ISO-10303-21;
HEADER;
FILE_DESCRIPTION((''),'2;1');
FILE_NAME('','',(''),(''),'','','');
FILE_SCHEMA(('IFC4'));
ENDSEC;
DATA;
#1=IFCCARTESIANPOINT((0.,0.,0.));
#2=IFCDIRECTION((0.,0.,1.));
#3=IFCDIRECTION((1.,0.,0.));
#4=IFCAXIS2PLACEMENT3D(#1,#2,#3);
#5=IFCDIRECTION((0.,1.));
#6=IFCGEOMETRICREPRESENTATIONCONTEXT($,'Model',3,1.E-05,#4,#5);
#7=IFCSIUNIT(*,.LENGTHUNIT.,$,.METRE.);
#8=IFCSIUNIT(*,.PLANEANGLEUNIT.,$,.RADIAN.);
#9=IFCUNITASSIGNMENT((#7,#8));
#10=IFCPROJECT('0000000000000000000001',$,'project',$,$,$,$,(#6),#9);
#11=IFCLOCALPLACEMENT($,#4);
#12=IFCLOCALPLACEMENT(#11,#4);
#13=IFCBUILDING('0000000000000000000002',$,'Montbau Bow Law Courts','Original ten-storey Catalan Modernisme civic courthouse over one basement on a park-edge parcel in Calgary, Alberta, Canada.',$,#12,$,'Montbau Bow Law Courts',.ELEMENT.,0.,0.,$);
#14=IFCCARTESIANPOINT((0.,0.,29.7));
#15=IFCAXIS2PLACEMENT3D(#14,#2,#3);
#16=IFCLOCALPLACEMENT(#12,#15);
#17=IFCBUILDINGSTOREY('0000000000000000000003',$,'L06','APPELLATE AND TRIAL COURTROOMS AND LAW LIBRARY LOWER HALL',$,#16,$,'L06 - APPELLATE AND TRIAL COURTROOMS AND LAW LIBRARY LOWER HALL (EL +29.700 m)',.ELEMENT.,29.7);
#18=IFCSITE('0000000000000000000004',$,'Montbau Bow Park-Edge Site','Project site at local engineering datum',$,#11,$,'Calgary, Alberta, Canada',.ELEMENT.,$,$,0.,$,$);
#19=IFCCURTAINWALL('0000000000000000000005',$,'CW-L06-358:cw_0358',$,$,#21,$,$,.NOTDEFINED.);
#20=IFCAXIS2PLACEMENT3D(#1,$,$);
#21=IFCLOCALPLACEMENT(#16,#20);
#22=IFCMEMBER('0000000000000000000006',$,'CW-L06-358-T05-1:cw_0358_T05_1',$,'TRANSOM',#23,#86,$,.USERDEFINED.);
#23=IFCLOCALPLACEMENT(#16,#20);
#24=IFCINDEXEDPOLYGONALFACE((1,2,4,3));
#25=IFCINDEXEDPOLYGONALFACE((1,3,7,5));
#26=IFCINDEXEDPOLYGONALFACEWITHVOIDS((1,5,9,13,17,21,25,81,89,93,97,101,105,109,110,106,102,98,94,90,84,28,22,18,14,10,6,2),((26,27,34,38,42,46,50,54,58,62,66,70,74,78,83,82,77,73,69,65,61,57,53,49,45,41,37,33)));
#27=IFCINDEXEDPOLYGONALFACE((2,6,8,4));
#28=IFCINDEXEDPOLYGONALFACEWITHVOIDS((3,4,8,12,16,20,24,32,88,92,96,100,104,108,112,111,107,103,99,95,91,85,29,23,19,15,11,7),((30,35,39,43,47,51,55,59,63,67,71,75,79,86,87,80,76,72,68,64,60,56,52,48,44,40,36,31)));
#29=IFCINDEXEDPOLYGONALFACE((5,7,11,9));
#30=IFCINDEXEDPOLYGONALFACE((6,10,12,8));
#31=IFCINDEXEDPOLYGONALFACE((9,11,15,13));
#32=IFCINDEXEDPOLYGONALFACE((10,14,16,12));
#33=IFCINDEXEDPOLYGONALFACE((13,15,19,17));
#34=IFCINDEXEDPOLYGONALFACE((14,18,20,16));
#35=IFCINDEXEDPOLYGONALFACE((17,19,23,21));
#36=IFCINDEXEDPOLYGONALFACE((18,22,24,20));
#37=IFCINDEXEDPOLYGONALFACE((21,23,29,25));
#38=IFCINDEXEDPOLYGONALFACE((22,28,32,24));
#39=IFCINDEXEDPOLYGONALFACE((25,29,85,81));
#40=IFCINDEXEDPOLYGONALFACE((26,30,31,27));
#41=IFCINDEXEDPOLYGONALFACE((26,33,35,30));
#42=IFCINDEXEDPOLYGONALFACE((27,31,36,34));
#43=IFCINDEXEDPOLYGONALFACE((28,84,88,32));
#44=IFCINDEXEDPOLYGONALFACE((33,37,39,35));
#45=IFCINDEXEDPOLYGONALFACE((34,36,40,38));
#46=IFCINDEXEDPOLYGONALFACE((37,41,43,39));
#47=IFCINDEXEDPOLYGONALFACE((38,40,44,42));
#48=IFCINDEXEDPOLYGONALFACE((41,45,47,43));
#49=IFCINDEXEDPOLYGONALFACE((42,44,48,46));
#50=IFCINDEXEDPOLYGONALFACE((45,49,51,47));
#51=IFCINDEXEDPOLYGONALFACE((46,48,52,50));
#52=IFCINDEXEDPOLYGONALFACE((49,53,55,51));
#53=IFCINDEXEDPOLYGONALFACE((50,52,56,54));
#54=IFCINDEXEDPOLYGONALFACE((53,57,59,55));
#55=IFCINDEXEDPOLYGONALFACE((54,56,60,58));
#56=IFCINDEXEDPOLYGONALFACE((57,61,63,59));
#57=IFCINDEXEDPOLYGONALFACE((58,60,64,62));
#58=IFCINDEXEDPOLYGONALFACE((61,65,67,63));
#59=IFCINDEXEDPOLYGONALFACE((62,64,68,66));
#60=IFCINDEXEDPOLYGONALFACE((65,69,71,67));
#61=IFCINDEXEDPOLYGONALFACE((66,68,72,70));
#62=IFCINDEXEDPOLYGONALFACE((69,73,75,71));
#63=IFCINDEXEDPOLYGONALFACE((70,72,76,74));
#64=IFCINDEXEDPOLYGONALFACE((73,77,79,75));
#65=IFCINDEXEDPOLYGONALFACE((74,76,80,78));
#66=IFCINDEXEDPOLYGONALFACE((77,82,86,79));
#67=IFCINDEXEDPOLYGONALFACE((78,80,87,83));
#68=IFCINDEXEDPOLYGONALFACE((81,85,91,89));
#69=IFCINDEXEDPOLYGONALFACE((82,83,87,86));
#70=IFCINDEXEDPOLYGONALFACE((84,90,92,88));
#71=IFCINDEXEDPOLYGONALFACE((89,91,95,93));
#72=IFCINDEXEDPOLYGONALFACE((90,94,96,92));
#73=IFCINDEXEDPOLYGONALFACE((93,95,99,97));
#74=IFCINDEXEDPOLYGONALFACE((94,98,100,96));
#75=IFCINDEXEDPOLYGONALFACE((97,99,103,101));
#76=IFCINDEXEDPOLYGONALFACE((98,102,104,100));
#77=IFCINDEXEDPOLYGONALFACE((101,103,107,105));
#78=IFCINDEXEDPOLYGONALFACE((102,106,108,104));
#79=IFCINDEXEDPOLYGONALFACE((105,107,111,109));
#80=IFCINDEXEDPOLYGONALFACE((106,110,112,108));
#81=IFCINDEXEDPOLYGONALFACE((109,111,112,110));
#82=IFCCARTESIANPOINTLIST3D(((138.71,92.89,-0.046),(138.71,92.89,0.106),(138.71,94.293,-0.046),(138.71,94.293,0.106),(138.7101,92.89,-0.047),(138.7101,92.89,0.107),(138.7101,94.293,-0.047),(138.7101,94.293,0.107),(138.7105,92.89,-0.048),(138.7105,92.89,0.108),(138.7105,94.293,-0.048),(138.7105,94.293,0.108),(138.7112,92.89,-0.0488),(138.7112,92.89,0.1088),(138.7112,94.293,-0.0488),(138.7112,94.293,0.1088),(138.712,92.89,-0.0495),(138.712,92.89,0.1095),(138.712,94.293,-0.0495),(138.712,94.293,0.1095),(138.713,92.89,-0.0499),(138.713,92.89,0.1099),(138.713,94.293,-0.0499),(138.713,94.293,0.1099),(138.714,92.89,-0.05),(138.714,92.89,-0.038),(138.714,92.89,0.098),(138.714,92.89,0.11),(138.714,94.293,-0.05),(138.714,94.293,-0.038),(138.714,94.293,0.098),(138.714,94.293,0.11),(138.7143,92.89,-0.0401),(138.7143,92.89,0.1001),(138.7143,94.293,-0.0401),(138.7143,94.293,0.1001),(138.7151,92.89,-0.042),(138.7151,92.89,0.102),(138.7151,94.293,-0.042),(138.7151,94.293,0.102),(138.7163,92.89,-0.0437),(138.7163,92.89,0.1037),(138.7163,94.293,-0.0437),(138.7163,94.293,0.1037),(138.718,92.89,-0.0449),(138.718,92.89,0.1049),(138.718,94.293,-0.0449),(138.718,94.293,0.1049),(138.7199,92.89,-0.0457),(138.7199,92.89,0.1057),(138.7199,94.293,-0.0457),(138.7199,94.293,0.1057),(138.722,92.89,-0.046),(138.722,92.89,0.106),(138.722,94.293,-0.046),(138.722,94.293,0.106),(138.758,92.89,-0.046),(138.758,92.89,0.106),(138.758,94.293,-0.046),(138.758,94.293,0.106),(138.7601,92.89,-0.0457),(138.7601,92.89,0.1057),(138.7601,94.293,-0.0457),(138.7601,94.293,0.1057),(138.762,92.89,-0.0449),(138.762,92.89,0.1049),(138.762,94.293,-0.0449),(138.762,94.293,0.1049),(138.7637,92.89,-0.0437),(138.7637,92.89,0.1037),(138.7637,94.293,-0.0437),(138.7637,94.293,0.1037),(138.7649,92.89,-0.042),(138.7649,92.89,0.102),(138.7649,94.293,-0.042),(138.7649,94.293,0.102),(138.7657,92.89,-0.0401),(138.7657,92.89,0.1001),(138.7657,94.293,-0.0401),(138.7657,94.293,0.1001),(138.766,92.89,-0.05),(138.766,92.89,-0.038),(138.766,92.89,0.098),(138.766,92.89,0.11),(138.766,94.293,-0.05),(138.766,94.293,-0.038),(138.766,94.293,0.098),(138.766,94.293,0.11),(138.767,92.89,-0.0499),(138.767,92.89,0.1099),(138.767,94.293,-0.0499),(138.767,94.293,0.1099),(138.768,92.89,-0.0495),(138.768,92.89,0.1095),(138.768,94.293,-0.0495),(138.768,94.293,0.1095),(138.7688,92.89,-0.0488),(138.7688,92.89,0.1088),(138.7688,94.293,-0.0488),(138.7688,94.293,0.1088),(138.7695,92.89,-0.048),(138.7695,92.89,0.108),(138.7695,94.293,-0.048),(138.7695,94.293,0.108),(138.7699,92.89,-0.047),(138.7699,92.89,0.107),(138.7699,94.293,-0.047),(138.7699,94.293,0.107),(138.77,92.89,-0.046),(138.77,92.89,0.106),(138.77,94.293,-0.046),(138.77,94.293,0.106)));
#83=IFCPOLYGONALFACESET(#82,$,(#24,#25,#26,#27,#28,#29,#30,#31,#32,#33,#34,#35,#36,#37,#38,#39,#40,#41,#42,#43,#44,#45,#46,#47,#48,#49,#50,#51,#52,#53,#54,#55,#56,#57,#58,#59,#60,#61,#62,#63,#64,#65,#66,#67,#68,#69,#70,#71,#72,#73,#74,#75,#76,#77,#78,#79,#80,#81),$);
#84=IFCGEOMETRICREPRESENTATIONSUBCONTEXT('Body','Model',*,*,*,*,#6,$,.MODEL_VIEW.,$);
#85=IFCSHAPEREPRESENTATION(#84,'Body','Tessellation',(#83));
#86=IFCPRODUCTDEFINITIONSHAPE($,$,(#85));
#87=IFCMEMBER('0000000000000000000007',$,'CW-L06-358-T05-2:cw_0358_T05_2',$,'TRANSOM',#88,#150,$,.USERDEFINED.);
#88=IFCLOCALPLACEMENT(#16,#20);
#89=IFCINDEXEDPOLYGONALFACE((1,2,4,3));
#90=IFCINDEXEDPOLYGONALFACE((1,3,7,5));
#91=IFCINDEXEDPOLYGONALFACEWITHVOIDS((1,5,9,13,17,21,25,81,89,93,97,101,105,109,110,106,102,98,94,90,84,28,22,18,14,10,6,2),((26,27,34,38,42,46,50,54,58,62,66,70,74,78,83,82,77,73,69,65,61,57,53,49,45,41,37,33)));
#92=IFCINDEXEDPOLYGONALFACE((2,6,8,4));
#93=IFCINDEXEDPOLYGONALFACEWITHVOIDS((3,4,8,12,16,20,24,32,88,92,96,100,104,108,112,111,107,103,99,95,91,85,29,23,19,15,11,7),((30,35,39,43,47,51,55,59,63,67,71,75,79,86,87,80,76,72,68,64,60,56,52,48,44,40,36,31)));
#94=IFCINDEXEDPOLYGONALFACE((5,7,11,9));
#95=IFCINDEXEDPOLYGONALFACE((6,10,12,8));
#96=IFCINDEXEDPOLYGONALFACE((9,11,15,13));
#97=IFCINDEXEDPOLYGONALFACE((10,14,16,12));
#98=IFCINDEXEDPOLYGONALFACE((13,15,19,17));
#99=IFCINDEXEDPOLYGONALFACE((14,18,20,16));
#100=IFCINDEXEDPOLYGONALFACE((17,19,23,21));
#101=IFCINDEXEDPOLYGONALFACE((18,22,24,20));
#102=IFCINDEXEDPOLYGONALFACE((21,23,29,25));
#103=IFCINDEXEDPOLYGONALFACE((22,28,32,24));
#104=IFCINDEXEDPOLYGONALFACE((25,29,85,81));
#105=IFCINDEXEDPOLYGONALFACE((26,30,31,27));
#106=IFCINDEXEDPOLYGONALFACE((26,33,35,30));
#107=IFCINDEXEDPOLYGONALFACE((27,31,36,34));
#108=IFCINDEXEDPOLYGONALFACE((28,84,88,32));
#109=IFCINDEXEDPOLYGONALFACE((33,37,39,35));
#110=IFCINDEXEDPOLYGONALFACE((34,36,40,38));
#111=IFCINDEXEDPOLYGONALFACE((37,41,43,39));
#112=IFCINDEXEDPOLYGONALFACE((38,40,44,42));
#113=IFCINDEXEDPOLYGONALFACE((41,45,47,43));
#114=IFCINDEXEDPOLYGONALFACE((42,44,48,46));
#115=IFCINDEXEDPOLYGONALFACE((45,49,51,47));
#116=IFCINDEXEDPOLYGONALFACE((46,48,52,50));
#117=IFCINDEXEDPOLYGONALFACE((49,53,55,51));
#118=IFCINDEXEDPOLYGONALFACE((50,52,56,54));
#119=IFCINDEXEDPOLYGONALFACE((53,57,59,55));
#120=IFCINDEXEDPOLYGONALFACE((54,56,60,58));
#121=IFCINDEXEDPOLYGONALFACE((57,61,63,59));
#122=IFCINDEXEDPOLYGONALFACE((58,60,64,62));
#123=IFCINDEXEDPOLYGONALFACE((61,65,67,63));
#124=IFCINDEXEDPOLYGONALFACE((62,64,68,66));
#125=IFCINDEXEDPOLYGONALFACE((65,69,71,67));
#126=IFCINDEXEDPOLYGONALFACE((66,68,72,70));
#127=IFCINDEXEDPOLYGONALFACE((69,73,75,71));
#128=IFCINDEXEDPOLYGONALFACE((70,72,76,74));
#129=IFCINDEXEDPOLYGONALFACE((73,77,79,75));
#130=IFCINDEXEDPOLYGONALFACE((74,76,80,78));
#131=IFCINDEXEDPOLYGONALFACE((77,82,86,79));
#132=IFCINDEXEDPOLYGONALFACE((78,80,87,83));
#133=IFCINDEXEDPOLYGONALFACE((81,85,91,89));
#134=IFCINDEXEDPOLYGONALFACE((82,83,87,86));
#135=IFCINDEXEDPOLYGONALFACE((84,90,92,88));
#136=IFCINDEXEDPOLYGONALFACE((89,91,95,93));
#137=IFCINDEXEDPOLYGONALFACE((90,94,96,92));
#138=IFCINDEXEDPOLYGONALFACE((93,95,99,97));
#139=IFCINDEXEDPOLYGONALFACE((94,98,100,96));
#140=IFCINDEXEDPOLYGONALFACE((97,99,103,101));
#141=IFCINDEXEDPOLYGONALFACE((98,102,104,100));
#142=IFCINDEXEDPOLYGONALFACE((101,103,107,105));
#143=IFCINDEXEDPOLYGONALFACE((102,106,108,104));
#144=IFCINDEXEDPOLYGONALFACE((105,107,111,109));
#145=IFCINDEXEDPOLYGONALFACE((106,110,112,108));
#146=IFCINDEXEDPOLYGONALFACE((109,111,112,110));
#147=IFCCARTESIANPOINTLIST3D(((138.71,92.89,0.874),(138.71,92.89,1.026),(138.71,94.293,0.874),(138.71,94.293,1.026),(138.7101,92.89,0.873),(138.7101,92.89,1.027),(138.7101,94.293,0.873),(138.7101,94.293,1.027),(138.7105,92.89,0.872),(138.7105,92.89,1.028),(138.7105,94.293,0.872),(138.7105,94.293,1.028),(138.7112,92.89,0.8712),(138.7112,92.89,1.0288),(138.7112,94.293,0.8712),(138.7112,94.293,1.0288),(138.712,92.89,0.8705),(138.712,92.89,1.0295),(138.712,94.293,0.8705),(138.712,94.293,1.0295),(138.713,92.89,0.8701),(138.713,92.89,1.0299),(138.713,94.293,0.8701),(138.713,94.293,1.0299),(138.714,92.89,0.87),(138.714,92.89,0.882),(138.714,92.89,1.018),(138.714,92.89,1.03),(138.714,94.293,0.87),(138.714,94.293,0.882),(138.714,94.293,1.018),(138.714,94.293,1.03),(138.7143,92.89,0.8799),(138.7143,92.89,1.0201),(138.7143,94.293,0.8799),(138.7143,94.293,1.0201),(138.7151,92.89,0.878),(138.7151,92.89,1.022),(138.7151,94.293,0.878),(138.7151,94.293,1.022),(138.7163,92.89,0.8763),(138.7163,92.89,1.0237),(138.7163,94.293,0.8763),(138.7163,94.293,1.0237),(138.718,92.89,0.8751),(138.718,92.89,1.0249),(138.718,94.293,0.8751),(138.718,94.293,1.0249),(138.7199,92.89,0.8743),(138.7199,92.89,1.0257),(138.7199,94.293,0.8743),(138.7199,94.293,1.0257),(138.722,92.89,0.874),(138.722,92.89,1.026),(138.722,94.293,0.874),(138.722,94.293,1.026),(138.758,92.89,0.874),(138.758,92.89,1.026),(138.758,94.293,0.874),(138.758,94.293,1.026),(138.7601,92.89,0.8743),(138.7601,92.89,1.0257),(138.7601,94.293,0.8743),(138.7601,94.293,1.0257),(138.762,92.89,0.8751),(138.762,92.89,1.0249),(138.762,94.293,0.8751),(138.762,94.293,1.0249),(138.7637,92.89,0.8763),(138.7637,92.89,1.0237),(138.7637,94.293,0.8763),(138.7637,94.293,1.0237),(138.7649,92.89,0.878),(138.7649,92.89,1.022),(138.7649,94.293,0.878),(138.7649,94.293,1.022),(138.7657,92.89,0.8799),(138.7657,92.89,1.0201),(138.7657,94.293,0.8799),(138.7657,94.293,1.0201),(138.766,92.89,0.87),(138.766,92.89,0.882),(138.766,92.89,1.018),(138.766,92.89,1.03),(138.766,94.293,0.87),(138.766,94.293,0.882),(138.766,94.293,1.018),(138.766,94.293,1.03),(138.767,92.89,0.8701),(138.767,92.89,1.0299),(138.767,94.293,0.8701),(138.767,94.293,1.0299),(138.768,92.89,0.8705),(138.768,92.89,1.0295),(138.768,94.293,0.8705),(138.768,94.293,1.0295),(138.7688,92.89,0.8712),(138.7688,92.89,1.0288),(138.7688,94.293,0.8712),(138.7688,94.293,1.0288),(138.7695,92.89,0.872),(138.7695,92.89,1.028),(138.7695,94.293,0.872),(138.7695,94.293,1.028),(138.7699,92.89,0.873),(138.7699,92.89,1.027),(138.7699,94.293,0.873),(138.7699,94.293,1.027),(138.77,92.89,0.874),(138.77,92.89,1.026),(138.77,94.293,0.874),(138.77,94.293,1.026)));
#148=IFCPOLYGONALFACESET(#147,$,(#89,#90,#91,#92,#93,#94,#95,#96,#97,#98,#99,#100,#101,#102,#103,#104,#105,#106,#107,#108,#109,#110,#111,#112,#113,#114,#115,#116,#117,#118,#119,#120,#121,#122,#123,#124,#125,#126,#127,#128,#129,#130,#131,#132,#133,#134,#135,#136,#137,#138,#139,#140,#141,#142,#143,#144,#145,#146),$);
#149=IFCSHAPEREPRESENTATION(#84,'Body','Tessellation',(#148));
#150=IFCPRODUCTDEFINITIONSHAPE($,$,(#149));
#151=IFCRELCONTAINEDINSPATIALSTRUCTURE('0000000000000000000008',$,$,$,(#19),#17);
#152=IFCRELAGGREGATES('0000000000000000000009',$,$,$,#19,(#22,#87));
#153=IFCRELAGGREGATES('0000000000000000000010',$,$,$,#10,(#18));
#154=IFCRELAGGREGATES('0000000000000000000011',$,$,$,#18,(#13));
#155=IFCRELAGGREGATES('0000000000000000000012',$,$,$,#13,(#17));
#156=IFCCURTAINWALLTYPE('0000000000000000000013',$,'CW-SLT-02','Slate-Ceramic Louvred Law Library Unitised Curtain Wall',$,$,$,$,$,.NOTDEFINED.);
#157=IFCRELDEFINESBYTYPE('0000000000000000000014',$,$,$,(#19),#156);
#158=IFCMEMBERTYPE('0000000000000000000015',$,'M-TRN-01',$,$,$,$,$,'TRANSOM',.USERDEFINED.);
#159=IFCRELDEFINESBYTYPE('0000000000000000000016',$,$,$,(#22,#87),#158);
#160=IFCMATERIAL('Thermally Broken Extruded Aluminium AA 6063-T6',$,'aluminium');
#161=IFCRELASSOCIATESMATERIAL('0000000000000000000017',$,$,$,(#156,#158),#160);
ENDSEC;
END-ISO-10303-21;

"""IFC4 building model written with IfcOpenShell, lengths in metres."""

from ifc_helpers import new_model, si_unit, direction, frame, origin_with_axes, origin_2d_with_axis, place, context, subcontext, project, spatial, hollow_rectangle, extrude, material, material_profile, profile_set, type_object, element, aggregate, save


model = new_model("IFC4")

# Units and contexts
model_context = context("Model", 3, precision=1e-05, world=origin_with_axes(), true_north=direction((0.0, 1.0)))
body_context = subcontext(model_context, "Body", "Model", "MODEL_VIEW")
ifc_project = project(units=[si_unit("LENGTHUNIT", "METRE"), si_unit("PLANEANGLEUNIT", "RADIAN")], contexts=[model_context])

# Site, building, storey
site_placement = place(None, origin_with_axes())
site = spatial("IfcSite", under=ifc_project, at=site_placement, Name="Montbau Bow Park-Edge Site", Description="Project site at local engineering datum", LongName="Calgary, Alberta, Canada", CompositionType="ELEMENT", RefElevation=0.0)
building_placement = place(site_placement, origin_with_axes())
building = spatial("IfcBuilding", under=site, at=building_placement, Name="Montbau Bow Law Courts", Description="Original ten-storey Catalan Modernisme civic courthouse over one basement on a park-edge parcel in Calgary, Alberta, Canada.", LongName="Montbau Bow Law Courts", CompositionType="ELEMENT", ElevationOfRefHeight=0.0, ElevationOfTerrain=0.0)
storey_placement = place(building_placement, frame((0.0, 0.0, 29.7), z_axis=(0.0, 0.0, 1.0), x_axis=(1.0, 0.0, 0.0)))
storey = spatial("IfcBuildingStorey", under=building, at=storey_placement, Name="L06", Description="APPELLATE AND TRIAL COURTROOMS AND LAW LIBRARY LOWER HALL", LongName="L06 - APPELLATE AND TRIAL COURTROOMS AND LAW LIBRARY LOWER HALL (EL +29.700 m)", CompositionType="ELEMENT", Elevation=29.7)

# Shared definitions
ifc_material_1 = material(Name="Thermally Broken Extruded Aluminium AA 6063-T6", Category="aluminium")
curtain_wall_type = type_object("IfcCurtainWallType", Name="CW-SLT-02", Description="Slate-Ceramic Louvred Law Library Unitised Curtain Wall", PredefinedType="NOTDEFINED", material=ifc_material_1)

# Curtain wall, members
curtain_wall_1_placement = place(None, frame((138.74, 86.84, 29.7), z_axis=(0.0, 0.0, 1.0), x_axis=(1.0, 0.0, 0.0)))
curtain_wall_1 = element("IfcCurtainWall", 1, at=curtain_wall_1_placement, inside=storey, type_object=curtain_wall_type, Name="CW-L06-358:cw_0358", PredefinedType="NOTDEFINED")
ifc_material_profile_1 = material_profile(ifc_material_1, hollow_rectangle(XDim=0.06, YDim=0.16, WallThickness=0.004, InnerFilletRadius=0.008, OuterFilletRadius=0.004, at=origin_2d_with_axis()), Name="CWT-160X60", Category="Main", Priority=0)
ifc_profile_set_1 = profile_set([ifc_material_profile_1], Name="Thermally Broken Extruded Aluminium AA 6063-T6")
member_type_1 = type_object("IfcMemberType", Name="M-TRN-01", ElementType="TRANSOM", PredefinedType="USERDEFINED", material=ifc_profile_set_1)
member_1_placement = place(None, frame((138.74, 92.89, 29.73), z_axis=(0.0, 1.0, 0.0), x_axis=(-1.0, 0.0, 0.0)))
member_1 = element("IfcMember", 2, at=member_1_placement, type_object=member_type_1, Name="CW-L06-358-T05-1:cw_0358_T05_1", ObjectType="TRANSOM", PredefinedType="USERDEFINED", context=body_context, shape_type="SweptSolid", body=[
    extrude(hollow_rectangle(XDim=0.06, YDim=0.16, WallThickness=0.004, InnerFilletRadius=0.008, OuterFilletRadius=0.004, at=origin_2d_with_axis()), origin_with_axes(), (0.0, 0.0, 1.0), 1.403),
])
member_2_placement = place(None, frame((138.74, 92.89, 30.65), z_axis=(0.0, 1.0, 0.0), x_axis=(-1.0, 0.0, 0.0)))
member_2 = element("IfcMember", 3, at=member_2_placement, type_object=member_type_1, Name="CW-L06-358-T05-2:cw_0358_T05_2", ObjectType="TRANSOM", PredefinedType="USERDEFINED", context=body_context, shape_type="SweptSolid", body=[
    extrude(hollow_rectangle(XDim=0.06, YDim=0.16, WallThickness=0.004, InnerFilletRadius=0.008, OuterFilletRadius=0.004, at=origin_2d_with_axis()), origin_with_axes(), (0.0, 0.0, 1.0), 1.403),
])
aggregate(curtain_wall_1, [member_1, member_2])

save(model, "model.ifc")
